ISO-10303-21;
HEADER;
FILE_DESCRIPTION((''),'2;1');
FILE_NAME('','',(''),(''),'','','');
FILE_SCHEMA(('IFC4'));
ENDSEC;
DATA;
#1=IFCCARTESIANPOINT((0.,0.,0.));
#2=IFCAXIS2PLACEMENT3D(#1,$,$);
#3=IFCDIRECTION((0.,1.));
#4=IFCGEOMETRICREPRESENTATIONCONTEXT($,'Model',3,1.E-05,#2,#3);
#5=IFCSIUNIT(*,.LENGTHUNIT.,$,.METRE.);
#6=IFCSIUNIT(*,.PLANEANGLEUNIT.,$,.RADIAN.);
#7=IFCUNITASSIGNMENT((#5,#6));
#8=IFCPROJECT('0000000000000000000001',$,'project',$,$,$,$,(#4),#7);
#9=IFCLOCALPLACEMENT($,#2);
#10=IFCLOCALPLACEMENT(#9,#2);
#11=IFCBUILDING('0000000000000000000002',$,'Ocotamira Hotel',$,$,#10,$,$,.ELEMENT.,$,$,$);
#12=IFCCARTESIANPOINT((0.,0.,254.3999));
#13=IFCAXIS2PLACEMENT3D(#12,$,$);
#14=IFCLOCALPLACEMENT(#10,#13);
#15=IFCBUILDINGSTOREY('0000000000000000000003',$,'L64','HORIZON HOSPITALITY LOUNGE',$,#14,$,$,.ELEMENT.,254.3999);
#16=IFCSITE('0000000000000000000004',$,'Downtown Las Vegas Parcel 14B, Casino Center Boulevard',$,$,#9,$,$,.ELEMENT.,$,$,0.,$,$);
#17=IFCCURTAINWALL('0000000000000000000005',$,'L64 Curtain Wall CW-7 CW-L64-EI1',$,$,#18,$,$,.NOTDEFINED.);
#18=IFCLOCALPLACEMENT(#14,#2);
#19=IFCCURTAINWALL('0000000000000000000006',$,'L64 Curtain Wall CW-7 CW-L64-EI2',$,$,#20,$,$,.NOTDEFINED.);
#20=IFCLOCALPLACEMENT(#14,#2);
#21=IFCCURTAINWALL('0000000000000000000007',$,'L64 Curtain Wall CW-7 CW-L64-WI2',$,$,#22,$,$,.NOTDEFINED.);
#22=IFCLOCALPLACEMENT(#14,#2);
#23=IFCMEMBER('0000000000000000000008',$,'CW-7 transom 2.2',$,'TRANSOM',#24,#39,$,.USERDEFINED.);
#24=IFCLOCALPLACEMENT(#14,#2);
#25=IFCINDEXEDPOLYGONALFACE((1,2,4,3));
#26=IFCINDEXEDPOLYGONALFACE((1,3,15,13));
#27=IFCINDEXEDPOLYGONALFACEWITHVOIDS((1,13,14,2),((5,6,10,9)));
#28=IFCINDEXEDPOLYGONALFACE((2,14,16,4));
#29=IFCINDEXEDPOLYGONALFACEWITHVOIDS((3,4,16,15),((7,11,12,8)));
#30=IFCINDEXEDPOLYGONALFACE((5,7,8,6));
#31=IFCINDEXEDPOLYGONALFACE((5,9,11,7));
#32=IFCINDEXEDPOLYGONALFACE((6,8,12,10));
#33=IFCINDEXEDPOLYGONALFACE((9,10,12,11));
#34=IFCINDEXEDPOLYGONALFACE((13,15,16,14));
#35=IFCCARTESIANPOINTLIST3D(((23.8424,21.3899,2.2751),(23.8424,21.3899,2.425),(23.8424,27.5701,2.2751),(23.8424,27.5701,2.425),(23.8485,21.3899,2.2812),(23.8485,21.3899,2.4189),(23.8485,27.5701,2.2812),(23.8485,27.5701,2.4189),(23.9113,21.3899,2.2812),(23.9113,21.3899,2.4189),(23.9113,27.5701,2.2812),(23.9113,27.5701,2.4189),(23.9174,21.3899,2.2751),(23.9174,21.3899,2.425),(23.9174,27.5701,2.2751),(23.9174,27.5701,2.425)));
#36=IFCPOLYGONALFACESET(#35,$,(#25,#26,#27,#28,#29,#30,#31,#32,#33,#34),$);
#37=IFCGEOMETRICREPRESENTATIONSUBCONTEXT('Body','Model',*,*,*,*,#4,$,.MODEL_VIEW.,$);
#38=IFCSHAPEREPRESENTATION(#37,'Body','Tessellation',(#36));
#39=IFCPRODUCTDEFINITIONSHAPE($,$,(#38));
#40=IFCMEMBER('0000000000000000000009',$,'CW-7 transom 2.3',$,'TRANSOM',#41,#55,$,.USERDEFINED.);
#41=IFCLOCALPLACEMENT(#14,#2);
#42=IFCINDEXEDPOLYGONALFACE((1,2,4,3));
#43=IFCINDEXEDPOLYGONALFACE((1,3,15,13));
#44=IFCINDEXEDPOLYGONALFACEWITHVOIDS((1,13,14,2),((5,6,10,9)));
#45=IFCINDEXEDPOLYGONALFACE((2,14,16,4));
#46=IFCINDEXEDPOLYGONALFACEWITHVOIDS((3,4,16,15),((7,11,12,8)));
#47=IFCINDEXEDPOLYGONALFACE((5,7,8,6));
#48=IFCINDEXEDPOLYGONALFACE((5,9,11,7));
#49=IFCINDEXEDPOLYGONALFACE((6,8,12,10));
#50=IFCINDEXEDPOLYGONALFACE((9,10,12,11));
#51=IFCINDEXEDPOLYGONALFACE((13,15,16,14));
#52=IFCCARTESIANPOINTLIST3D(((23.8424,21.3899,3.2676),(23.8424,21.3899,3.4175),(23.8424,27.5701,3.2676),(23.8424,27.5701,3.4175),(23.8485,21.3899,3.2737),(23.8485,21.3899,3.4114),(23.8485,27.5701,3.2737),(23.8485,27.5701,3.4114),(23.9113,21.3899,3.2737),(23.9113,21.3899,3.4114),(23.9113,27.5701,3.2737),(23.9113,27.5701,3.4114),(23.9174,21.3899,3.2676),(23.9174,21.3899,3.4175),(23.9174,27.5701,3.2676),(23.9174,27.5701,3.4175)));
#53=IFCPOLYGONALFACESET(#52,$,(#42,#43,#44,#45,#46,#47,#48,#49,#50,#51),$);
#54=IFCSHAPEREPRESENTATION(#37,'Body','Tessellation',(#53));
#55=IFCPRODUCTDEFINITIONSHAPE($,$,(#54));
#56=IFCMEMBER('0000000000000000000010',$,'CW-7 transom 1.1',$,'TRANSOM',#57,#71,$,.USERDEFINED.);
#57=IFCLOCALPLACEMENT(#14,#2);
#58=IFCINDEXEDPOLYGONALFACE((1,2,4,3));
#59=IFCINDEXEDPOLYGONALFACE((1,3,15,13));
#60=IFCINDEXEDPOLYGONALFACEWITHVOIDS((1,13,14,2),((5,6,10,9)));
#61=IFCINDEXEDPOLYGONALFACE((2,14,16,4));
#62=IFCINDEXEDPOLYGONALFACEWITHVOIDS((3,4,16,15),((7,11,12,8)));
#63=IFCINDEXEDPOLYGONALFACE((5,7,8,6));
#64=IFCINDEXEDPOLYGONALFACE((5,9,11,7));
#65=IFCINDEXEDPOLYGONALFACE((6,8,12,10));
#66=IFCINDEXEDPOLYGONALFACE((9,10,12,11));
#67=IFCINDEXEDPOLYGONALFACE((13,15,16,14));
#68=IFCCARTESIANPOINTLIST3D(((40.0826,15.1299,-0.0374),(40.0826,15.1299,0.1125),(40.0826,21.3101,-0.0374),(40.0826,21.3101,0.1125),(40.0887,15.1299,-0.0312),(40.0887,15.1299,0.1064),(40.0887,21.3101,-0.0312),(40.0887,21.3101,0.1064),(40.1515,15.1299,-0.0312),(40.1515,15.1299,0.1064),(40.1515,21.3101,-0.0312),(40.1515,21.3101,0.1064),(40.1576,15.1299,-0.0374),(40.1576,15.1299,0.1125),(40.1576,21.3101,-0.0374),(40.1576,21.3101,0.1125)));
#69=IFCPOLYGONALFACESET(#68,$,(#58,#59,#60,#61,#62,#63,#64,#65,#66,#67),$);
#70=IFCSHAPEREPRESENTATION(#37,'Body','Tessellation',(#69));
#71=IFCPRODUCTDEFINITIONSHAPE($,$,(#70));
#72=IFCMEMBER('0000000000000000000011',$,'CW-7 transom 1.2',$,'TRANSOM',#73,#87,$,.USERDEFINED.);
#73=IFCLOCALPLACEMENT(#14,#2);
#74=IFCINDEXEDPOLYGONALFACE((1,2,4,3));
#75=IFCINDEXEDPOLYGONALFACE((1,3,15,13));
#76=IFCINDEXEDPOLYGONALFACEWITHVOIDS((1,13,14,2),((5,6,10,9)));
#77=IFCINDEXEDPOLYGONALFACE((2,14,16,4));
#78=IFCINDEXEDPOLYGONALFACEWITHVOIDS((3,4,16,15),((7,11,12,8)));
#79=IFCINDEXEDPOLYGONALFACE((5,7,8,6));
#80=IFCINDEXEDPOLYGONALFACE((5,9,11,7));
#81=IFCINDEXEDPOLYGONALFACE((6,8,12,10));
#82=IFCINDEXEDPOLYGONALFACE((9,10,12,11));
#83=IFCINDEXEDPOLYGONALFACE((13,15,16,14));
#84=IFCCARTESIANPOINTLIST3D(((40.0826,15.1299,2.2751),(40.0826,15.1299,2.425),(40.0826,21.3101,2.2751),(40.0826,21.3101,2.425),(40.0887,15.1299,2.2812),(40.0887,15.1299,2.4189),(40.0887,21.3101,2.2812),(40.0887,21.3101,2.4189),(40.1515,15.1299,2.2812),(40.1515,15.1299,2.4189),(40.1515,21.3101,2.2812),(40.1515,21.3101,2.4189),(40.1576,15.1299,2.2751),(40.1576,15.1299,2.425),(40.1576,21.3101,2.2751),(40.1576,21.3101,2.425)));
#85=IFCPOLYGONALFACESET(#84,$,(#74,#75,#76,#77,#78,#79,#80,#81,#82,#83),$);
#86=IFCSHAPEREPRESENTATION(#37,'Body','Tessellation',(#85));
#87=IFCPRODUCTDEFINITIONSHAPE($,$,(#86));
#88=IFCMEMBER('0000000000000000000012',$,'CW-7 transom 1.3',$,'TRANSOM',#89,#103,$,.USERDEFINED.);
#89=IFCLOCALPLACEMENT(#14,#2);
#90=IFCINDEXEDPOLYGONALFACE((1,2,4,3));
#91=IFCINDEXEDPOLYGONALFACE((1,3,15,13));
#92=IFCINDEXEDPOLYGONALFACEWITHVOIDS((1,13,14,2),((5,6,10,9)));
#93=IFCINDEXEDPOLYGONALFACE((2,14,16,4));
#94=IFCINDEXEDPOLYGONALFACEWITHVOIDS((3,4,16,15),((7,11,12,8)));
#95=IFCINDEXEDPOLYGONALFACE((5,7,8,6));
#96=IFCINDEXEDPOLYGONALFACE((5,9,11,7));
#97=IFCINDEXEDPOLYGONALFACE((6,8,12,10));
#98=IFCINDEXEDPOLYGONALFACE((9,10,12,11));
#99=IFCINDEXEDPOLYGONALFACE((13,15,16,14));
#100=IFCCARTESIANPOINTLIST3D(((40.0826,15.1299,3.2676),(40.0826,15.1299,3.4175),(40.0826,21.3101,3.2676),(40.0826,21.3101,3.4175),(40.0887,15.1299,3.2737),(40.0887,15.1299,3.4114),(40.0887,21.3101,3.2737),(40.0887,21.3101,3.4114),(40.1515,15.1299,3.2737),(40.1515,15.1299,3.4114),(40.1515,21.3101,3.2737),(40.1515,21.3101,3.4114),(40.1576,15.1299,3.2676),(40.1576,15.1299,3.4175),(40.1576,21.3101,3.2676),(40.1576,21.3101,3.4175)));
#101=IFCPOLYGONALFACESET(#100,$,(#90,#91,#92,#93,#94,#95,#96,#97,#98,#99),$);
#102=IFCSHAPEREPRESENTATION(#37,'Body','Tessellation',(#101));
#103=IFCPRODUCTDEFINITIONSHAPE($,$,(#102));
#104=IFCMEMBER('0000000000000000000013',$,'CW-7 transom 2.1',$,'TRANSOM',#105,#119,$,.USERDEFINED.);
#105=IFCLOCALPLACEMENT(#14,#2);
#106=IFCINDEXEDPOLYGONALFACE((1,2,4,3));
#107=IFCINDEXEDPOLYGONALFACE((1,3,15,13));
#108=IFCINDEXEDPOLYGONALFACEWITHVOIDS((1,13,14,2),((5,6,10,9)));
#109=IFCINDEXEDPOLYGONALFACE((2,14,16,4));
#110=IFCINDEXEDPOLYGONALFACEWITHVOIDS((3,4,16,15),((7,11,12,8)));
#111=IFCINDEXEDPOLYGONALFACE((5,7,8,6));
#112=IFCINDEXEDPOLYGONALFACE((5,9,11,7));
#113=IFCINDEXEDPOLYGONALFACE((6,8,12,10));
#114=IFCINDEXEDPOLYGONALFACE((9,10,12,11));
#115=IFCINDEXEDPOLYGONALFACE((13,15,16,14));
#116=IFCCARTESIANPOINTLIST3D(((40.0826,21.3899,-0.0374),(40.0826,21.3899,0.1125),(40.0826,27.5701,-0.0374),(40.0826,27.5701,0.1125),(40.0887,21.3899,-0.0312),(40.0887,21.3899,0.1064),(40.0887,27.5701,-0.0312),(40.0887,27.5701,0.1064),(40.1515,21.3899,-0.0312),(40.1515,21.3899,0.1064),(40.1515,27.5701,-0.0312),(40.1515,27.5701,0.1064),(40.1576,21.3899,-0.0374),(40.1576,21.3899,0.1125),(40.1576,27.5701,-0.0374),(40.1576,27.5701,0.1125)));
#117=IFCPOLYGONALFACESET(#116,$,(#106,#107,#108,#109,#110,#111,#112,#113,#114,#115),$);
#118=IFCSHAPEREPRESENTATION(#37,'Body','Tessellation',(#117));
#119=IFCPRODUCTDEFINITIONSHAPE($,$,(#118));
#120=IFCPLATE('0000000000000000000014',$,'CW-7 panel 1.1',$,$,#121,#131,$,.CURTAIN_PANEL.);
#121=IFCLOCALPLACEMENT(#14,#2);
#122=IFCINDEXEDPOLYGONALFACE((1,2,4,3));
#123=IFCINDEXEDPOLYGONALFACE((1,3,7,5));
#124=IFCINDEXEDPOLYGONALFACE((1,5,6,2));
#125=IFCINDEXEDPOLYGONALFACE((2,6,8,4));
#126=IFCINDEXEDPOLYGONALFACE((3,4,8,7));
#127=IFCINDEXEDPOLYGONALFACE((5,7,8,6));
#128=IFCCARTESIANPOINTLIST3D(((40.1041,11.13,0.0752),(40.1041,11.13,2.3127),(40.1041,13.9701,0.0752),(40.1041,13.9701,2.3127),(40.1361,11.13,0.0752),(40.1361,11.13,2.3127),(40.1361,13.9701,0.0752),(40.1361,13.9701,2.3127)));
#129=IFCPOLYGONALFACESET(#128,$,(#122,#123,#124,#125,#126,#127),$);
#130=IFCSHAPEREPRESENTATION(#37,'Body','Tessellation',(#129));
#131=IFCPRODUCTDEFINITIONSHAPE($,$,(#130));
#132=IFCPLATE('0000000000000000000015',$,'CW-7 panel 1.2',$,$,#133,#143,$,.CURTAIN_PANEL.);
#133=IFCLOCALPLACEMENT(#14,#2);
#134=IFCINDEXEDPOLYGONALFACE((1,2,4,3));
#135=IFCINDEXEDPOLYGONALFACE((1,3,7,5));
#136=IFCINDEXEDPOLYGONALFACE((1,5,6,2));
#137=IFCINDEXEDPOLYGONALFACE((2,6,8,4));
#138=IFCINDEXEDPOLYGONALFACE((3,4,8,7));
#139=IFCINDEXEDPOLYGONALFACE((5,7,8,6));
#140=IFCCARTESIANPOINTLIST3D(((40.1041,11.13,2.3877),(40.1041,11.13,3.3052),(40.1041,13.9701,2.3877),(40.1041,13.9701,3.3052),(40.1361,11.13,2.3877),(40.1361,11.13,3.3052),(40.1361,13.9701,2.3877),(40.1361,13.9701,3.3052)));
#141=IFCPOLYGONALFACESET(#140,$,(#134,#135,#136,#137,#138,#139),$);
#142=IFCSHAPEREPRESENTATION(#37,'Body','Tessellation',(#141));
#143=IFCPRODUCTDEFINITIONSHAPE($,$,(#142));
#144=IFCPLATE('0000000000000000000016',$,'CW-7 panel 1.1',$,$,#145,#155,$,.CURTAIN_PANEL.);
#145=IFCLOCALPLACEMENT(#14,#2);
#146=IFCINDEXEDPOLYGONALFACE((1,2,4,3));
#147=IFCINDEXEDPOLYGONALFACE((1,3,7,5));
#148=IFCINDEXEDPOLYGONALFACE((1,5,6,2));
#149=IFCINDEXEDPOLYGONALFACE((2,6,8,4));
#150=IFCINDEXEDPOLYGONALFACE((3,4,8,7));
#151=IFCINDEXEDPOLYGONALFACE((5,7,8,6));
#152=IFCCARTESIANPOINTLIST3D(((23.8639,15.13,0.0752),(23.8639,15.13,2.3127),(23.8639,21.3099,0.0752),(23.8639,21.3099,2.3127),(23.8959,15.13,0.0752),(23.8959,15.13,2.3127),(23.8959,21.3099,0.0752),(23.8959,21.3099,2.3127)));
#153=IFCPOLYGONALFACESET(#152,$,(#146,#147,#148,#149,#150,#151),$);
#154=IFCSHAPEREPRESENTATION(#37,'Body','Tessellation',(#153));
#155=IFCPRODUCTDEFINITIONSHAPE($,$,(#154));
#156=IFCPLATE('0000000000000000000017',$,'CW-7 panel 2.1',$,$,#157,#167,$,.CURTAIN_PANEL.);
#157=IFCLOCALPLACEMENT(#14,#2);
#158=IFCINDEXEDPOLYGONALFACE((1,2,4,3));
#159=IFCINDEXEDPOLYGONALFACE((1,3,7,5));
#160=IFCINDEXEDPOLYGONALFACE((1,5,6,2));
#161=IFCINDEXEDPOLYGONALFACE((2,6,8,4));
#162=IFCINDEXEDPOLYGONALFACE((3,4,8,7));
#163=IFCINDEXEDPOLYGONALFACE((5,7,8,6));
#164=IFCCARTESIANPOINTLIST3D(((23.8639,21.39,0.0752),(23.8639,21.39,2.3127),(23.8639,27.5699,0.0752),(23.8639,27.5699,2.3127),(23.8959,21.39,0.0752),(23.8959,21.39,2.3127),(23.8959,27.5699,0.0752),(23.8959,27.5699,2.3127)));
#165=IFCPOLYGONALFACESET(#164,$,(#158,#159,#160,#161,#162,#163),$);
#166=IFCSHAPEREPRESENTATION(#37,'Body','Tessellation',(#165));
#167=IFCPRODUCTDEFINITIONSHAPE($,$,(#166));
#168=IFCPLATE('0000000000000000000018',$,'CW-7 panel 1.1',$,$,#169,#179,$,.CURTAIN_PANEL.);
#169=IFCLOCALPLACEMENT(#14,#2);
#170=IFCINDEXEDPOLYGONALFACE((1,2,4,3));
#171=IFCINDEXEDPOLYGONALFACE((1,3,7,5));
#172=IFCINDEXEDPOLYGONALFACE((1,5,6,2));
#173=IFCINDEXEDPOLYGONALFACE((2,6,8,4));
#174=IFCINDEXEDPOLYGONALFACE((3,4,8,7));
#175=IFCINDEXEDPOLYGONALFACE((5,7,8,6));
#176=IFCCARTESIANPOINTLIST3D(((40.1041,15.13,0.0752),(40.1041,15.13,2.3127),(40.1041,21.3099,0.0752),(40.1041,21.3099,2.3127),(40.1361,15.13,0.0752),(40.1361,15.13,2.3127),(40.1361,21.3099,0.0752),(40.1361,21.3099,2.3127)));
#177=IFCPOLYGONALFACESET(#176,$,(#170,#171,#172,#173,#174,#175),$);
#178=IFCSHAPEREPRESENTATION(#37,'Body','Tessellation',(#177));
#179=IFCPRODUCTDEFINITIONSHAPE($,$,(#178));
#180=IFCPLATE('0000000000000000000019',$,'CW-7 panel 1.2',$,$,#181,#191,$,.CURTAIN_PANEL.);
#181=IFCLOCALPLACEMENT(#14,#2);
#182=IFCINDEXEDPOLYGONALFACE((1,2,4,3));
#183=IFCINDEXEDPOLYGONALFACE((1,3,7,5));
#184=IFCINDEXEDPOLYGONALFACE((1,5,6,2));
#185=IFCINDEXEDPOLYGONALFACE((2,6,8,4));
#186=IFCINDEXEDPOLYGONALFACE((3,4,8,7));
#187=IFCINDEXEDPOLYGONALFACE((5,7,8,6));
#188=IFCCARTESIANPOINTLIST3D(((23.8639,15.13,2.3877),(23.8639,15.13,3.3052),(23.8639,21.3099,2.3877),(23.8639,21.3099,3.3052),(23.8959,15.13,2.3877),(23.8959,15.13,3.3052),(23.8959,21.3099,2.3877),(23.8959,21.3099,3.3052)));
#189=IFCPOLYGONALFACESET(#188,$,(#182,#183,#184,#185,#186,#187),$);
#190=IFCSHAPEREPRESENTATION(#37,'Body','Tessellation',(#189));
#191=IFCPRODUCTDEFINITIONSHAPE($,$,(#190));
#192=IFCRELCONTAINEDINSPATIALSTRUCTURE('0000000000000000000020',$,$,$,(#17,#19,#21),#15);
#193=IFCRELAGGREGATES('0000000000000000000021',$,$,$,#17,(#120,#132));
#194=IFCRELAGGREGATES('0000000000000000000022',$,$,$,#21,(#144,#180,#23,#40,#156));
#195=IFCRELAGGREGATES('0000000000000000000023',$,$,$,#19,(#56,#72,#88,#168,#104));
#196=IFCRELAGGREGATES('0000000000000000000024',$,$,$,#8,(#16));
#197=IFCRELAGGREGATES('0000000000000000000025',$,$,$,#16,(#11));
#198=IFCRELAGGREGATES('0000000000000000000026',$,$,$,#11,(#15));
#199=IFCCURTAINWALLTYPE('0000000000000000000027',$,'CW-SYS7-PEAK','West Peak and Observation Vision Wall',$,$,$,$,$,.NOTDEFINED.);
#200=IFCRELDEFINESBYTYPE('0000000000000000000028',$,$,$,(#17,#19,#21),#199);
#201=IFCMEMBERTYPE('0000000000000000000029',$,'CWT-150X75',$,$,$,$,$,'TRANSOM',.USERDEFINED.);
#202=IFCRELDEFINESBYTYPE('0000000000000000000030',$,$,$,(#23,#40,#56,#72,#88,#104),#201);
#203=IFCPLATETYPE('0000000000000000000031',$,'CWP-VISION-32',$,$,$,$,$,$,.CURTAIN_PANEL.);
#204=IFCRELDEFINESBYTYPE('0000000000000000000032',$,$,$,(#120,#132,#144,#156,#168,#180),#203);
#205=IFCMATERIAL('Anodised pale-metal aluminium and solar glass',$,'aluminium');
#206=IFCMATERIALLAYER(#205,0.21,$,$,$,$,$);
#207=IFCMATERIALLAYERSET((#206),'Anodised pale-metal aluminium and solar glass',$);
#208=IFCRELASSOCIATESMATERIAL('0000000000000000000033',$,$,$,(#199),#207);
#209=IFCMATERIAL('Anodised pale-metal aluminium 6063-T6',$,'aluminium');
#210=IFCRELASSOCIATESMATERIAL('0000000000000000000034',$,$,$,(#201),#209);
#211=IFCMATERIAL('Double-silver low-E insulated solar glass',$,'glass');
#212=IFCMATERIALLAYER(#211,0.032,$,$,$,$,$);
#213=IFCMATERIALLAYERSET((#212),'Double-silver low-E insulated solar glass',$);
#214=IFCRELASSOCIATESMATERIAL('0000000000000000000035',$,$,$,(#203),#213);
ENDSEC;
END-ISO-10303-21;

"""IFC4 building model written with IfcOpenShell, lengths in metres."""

from ifc_helpers import new_model, si_unit, direction, frame, origin, origin_2d, place, context, subcontext, project, spatial, rectangle, hollow_rectangle, extrude, source, transform, mapped, material, layer, layer_set, material_profile, profile_set, type_object, element, aggregate, save


model = new_model("IFC4")

# Units and contexts
model_context = context("Model", 3, precision=1e-05, world=origin(), true_north=direction((0.0, 1.0)))
body_context = subcontext(model_context, "Body", "Model", "MODEL_VIEW")
ifc_project = project(units=[si_unit("LENGTHUNIT", "METRE"), si_unit("PLANEANGLEUNIT", "RADIAN")], contexts=[model_context])

# Site, building, storey
site_placement = place(None, origin())
site = spatial("IfcSite", under=ifc_project, at=site_placement, Name="Downtown Las Vegas Parcel 14B, Casino Center Boulevard", CompositionType="ELEMENT", RefElevation=0.0)
building_placement = place(site_placement, origin())
building = spatial("IfcBuilding", under=site, at=building_placement, Name="Ocotamira Hotel", CompositionType="ELEMENT")
storey_placement = place(building_placement, frame((0.0, 0.0, 254.3999)))
storey = spatial("IfcBuildingStorey", under=building, at=storey_placement, Name="L64", Description="HORIZON HOSPITALITY LOUNGE", CompositionType="ELEMENT", Elevation=254.3999)

# Curtain walls
ifc_material_1 = material(Name="Anodised pale-metal aluminium and solar glass", Category="aluminium")
ifc_layer_1 = layer(ifc_material_1, 0.21)
ifc_layer_set_1 = layer_set([ifc_layer_1], Name="Anodised pale-metal aluminium and solar glass")
curtain_wall_type = type_object("IfcCurtainWallType", Name="CW-SYS7-PEAK", Description="West Peak and Observation Vision Wall", PredefinedType="NOTDEFINED", material=ifc_layer_set_1)
curtain_wall_1_placement = place(storey_placement, origin())
curtain_wall_1 = element("IfcCurtainWall", 1, at=curtain_wall_1_placement, inside=storey, type_object=curtain_wall_type, Name="L64 Curtain Wall CW-7 CW-L64-EI1", PredefinedType="NOTDEFINED")
ifc_material_2 = material(Name="Anodised pale-metal aluminium 6063-T6", Category="aluminium")
curtain_wall_2_placement = place(storey_placement, origin())
curtain_wall_2 = element("IfcCurtainWall", 2, at=curtain_wall_2_placement, inside=storey, type_object=curtain_wall_type, Name="L64 Curtain Wall CW-7 CW-L64-EI2", PredefinedType="NOTDEFINED")

# Shared definitions
ifc_material_profile_1 = material_profile(ifc_material_2, hollow_rectangle(XDim=0.075, YDim=0.1499, WallThickness=0.0061, at=origin_2d()), Name="HSS150X75X6")
ifc_profile_set_1 = profile_set([ifc_material_profile_1], Name="Anodised pale-metal aluminium 6063-T6")
member_type_1 = type_object("IfcMemberType", Name="CWT-150X75", ElementType="TRANSOM", PredefinedType="USERDEFINED", material=ifc_profile_set_1)

# Curtain wall, members
curtain_wall_3_placement = place(storey_placement, origin())
curtain_wall_3 = element("IfcCurtainWall", 3, at=curtain_wall_3_placement, inside=storey, type_object=curtain_wall_type, Name="L64 Curtain Wall CW-7 CW-L64-WI2", PredefinedType="NOTDEFINED")
shared_shape_1 = source(origin(), body_context, "Body", "SweptSolid", [
    extrude(hollow_rectangle(XDim=0.075, YDim=0.1499, WallThickness=0.0061, at=origin_2d()), origin(), (0.0, 0.0, 1.0), 6.1802),
])
member_1_placement = place(storey_placement, frame((23.8799, 21.3899, 2.3501), z_axis=(0.0, 1.0, 0.0), x_axis=(-1.0, 0.0, 0.0)))
member_1 = element("IfcMember", 4, at=member_1_placement, type_object=member_type_1, Name="CW-7 transom 2.2", ObjectType="TRANSOM", PredefinedType="USERDEFINED", context=body_context, shape_type="MappedRepresentation", body=[
    mapped(shared_shape_1, transform((0.0, 0.0, 0.0), scale=1.0)),
])
member_2_placement = place(storey_placement, frame((23.8799, 21.3899, 3.3425), z_axis=(0.0, 1.0, 0.0), x_axis=(-1.0, 0.0, 0.0)))
member_2 = element("IfcMember", 5, at=member_2_placement, type_object=member_type_1, Name="CW-7 transom 2.3", ObjectType="TRANSOM", PredefinedType="USERDEFINED", context=body_context, shape_type="MappedRepresentation", body=[
    mapped(shared_shape_1, transform((0.0, 0.0, 0.0), scale=1.0)),
])

# Members
member_3_placement = place(storey_placement, frame((40.1201, 15.1299, 0.0376), z_axis=(0.0, 1.0, 0.0), x_axis=(-1.0, 0.0, 0.0)))
member_3 = element("IfcMember", 6, at=member_3_placement, type_object=member_type_1, Name="CW-7 transom 1.1", ObjectType="TRANSOM", PredefinedType="USERDEFINED", context=body_context, shape_type="MappedRepresentation", body=[
    mapped(shared_shape_1, transform((0.0, 0.0, 0.0), scale=1.0)),
])
member_4_placement = place(storey_placement, frame((40.1201, 15.1299, 2.3501), z_axis=(0.0, 1.0, 0.0), x_axis=(-1.0, 0.0, 0.0)))
member_4 = element("IfcMember", 7, at=member_4_placement, type_object=member_type_1, Name="CW-7 transom 1.2", ObjectType="TRANSOM", PredefinedType="USERDEFINED", context=body_context, shape_type="MappedRepresentation", body=[
    mapped(shared_shape_1, transform((0.0, 0.0, 0.0), scale=1.0)),
])
member_5_placement = place(storey_placement, frame((40.1201, 15.1299, 3.3425), z_axis=(0.0, 1.0, 0.0), x_axis=(-1.0, 0.0, 0.0)))
member_5 = element("IfcMember", 8, at=member_5_placement, type_object=member_type_1, Name="CW-7 transom 1.3", ObjectType="TRANSOM", PredefinedType="USERDEFINED", context=body_context, shape_type="MappedRepresentation", body=[
    mapped(shared_shape_1, transform((0.0, 0.0, 0.0), scale=1.0)),
])
member_6_placement = place(storey_placement, frame((40.1201, 21.3899, 0.0376), z_axis=(0.0, 1.0, 0.0), x_axis=(-1.0, 0.0, 0.0)))
member_6 = element("IfcMember", 9, at=member_6_placement, type_object=member_type_1, Name="CW-7 transom 2.1", ObjectType="TRANSOM", PredefinedType="USERDEFINED", context=body_context, shape_type="MappedRepresentation", body=[
    mapped(shared_shape_1, transform((0.0, 0.0, 0.0), scale=1.0)),
])

# Plates
ifc_material_3 = material(Name="Double-silver low-E insulated solar glass", Category="glass")
ifc_layer_2 = layer(ifc_material_3, 0.032)
ifc_layer_set_2 = layer_set([ifc_layer_2], Name="Double-silver low-E insulated solar glass")
plate_type = type_object("IfcPlateType", Name="CWP-VISION-32", PredefinedType="CURTAIN_PANEL", material=ifc_layer_set_2)
shared_shape_2 = source(origin(), body_context, "Body", "SweptSolid", [
    extrude(rectangle(XDim=2.8401, YDim=0.032, at=origin_2d()), origin(), (0.0, 0.0, 1.0), 2.2375),
])
plate_1_placement = place(storey_placement, frame((40.1201, 12.55, 0.0752), z_axis=(0.0, 0.0, 1.0), x_axis=(0.0, 1.0, 0.0)))
plate_1 = element("IfcPlate", 10, at=plate_1_placement, type_object=plate_type, Name="CW-7 panel 1.1", PredefinedType="CURTAIN_PANEL", context=body_context, shape_type="MappedRepresentation", body=[
    mapped(shared_shape_2, transform((0.0, 0.0, 0.0), scale=1.0)),
])
shared_shape_3 = source(origin(), body_context, "Body", "SweptSolid", [
    extrude(rectangle(XDim=2.8401, YDim=0.032, at=origin_2d()), origin(), (0.0, 0.0, 1.0), 0.9175),
])
plate_2_placement = place(storey_placement, frame((40.1201, 12.55, 2.3877), z_axis=(0.0, 0.0, 1.0), x_axis=(0.0, 1.0, 0.0)))
plate_2 = element("IfcPlate", 11, at=plate_2_placement, type_object=plate_type, Name="CW-7 panel 1.2", PredefinedType="CURTAIN_PANEL", context=body_context, shape_type="MappedRepresentation", body=[
    mapped(shared_shape_3, transform((0.0, 0.0, 0.0), scale=1.0)),
])
aggregate(curtain_wall_1, [plate_1, plate_2])
shared_shape_4 = source(origin(), body_context, "Body", "SweptSolid", [
    extrude(rectangle(XDim=6.1799, YDim=0.032, at=origin_2d()), origin(), (0.0, 0.0, 1.0), 2.2375),
])
plate_3_placement = place(storey_placement, frame((23.8799, 18.22, 0.0752), z_axis=(0.0, 0.0, 1.0), x_axis=(0.0, 1.0, 0.0)))
plate_3 = element("IfcPlate", 12, at=plate_3_placement, type_object=plate_type, Name="CW-7 panel 1.1", PredefinedType="CURTAIN_PANEL", context=body_context, shape_type="MappedRepresentation", body=[
    mapped(shared_shape_4, transform((0.0, 0.0, 0.0), scale=1.0)),
])
plate_4_placement = place(storey_placement, frame((23.8799, 24.48, 0.0752), z_axis=(0.0, 0.0, 1.0), x_axis=(0.0, 1.0, 0.0)))
plate_4 = element("IfcPlate", 13, at=plate_4_placement, type_object=plate_type, Name="CW-7 panel 2.1", PredefinedType="CURTAIN_PANEL", context=body_context, shape_type="MappedRepresentation", body=[
    mapped(shared_shape_4, transform((0.0, 0.0, 0.0), scale=1.0)),
])
plate_5_placement = place(storey_placement, frame((40.1201, 18.22, 0.0752), z_axis=(0.0, 0.0, 1.0), x_axis=(0.0, 1.0, 0.0)))
plate_5 = element("IfcPlate", 14, at=plate_5_placement, type_object=plate_type, Name="CW-7 panel 1.1", PredefinedType="CURTAIN_PANEL", context=body_context, shape_type="MappedRepresentation", body=[
    mapped(shared_shape_4, transform((0.0, 0.0, 0.0), scale=1.0)),
])
shared_shape_5 = source(origin(), body_context, "Body", "SweptSolid", [
    extrude(rectangle(XDim=6.1799, YDim=0.032, at=origin_2d()), origin(), (0.0, 0.0, 1.0), 0.9175),
])
plate_6_placement = place(storey_placement, frame((23.8799, 18.22, 2.3877), z_axis=(0.0, 0.0, 1.0), x_axis=(0.0, 1.0, 0.0)))
plate_6 = element("IfcPlate", 15, at=plate_6_placement, type_object=plate_type, Name="CW-7 panel 1.2", PredefinedType="CURTAIN_PANEL", context=body_context, shape_type="MappedRepresentation", body=[
    mapped(shared_shape_5, transform((0.0, 0.0, 0.0), scale=1.0)),
])
aggregate(curtain_wall_3, [plate_3, plate_6, member_1, member_2, plate_4])
aggregate(curtain_wall_2, [member_3, member_4, member_5, plate_5, member_6])

save(model, "model.ifc")
